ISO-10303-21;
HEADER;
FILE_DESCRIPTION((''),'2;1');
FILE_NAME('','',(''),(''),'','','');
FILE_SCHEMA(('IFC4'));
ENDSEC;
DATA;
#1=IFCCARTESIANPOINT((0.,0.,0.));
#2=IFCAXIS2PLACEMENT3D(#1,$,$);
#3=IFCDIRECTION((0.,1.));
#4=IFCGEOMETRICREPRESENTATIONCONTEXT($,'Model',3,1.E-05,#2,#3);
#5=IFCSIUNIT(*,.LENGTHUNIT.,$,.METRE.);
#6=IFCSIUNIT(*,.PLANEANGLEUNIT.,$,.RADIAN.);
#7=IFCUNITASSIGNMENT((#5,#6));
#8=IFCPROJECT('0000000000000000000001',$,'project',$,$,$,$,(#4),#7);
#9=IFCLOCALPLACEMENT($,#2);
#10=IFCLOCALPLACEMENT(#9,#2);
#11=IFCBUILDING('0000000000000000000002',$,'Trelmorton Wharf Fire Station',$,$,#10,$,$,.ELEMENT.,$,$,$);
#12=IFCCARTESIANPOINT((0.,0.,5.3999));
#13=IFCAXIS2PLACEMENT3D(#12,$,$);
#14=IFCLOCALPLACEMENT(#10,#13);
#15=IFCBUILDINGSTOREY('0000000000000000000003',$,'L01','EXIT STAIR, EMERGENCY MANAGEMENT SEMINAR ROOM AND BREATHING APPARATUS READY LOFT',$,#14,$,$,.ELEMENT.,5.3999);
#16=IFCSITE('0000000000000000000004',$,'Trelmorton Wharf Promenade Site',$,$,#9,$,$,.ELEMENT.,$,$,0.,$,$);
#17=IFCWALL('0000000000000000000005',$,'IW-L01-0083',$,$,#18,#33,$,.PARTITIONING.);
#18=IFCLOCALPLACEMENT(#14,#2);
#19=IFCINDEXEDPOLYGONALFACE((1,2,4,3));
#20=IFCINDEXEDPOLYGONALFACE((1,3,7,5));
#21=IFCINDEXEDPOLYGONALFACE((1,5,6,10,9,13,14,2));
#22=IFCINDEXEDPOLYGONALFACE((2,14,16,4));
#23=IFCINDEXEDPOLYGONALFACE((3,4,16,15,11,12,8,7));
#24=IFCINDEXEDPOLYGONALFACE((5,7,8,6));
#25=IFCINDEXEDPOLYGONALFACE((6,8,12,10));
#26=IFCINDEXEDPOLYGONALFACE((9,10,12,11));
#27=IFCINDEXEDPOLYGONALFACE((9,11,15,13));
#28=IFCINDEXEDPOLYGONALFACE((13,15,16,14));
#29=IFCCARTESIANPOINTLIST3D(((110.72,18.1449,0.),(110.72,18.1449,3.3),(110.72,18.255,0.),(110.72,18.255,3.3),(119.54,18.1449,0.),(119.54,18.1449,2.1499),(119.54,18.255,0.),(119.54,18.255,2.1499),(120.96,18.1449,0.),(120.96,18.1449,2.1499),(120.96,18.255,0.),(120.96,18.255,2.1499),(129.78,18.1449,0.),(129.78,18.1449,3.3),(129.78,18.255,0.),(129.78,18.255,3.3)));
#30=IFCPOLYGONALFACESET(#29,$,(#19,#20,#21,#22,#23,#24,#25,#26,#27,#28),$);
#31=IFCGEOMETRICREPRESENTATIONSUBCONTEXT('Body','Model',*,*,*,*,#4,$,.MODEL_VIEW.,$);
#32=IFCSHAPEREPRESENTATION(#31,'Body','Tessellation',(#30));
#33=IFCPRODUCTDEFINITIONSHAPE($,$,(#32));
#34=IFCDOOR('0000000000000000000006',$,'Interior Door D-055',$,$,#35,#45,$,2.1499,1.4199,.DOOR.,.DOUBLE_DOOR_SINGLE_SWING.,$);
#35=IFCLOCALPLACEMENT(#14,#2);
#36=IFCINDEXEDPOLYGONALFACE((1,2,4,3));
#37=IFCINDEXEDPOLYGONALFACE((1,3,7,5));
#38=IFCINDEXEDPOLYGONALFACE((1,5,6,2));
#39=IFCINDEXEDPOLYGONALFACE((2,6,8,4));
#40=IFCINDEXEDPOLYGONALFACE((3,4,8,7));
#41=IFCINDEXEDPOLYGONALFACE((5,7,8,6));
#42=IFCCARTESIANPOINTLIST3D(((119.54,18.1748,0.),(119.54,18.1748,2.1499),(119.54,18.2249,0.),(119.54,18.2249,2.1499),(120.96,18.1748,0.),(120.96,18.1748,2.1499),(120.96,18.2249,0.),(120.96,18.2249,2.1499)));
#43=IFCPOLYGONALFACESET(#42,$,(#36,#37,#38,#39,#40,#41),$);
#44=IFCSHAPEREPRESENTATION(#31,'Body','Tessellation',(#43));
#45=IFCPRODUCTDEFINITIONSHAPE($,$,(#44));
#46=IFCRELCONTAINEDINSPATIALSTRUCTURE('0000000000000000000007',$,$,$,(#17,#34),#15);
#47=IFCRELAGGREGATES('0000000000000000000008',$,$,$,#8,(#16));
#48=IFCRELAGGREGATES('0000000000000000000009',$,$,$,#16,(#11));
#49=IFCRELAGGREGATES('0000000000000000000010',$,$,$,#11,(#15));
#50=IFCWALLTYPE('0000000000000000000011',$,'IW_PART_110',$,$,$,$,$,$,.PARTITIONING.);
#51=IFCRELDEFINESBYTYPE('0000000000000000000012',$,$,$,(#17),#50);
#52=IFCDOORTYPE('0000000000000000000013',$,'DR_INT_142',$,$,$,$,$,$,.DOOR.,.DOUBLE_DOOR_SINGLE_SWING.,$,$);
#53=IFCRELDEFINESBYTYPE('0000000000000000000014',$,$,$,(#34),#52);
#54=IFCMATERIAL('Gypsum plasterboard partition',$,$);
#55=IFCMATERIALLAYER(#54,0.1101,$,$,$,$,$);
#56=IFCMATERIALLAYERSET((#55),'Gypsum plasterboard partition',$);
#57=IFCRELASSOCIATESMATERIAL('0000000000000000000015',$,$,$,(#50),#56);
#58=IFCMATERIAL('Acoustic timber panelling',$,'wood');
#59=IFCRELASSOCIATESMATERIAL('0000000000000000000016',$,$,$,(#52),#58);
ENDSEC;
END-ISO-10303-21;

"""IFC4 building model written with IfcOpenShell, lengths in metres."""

from ifc_helpers import new_model, si_unit, direction, frame, frame_2d, origin, place, context, subcontext, project, spatial, rectangle, extrude, material, layer, layer_set, type_object, element, fill, save


model = new_model("IFC4")

# Units and contexts
model_context = context("Model", 3, precision=1e-05, world=origin(), true_north=direction((0.0, 1.0)))
body_context = subcontext(model_context, "Body", "Model", "MODEL_VIEW")
ifc_project = project(units=[si_unit("LENGTHUNIT", "METRE"), si_unit("PLANEANGLEUNIT", "RADIAN")], contexts=[model_context])

# Site, building, storey
site_placement = place(None, origin())
site = spatial("IfcSite", under=ifc_project, at=site_placement, Name="Trelmorton Wharf Promenade Site", CompositionType="ELEMENT", RefElevation=0.0)
building_placement = place(site_placement, origin())
building = spatial("IfcBuilding", under=site, at=building_placement, Name="Trelmorton Wharf Fire Station", CompositionType="ELEMENT")
storey_placement = place(building_placement, frame((0.0, 0.0, 5.3999)))
storey = spatial("IfcBuildingStorey", under=building, at=storey_placement, Name="L01", Description="EXIT STAIR, EMERGENCY MANAGEMENT SEMINAR ROOM AND BREATHING APPARATUS READY LOFT", CompositionType="ELEMENT", Elevation=5.3999)

# Wall, opening, door
ifc_material_1 = material(Name="Gypsum plasterboard partition")
ifc_layer_1 = layer(ifc_material_1, 0.1101)
ifc_layer_set_1 = layer_set([ifc_layer_1], Name="Gypsum plasterboard partition")
wall_type = type_object("IfcWallType", Name="IW_PART_110", PredefinedType="PARTITIONING", material=ifc_layer_set_1)
wall_placement = place(storey_placement, frame((110.72, 18.2, 0.0), z_axis=(0.0, 0.0, 1.0), x_axis=(1.0, 0.0, 0.0)))
wall = element("IfcWall", 1, at=wall_placement, inside=storey, type_object=wall_type, Name="IW-L01-0083", PredefinedType="PARTITIONING", context=body_context, shape_type="SweptSolid", body=[
    extrude(rectangle(XDim=19.0601, YDim=0.1101, at=frame_2d((9.53, 0.0))), origin(), (0.0, 0.0, 1.0), 3.3),
])
opening_placement = place(wall_placement, frame((8.8201, 0.0, 0.0)))
opening = element("IfcOpeningElement", 2, at=opening_placement, cuts=wall, PredefinedType="OPENING", context=body_context, shape_type="SweptSolid", body=[
    extrude(rectangle(XDim=1.4199, YDim=2.1499, at=frame_2d((0.71, 1.075))), frame((0.0, 0.0649, 0.0), z_axis=(0.0, -1.0, 0.0), x_axis=(1.0, 0.0, 0.0)), (0.0, 0.0, 1.0), 0.1301),
])
ifc_material_2 = material(Name="Acoustic timber panelling", Category="wood")
door_type = type_object("IfcDoorType", Name="DR_INT_142", OperationType="DOUBLE_DOOR_SINGLE_SWING", PredefinedType="DOOR", material=ifc_material_2)
door_placement = place(opening_placement, origin())
door = element("IfcDoor", 3, at=door_placement, inside=storey, type_object=door_type, Name="Interior Door D-055", OperationType="DOUBLE_DOOR_SINGLE_SWING", OverallHeight=2.1499, OverallWidth=1.4199, PredefinedType="DOOR", context=body_context, shape_type="SweptSolid", body=[
    extrude(rectangle(XDim=1.4199, YDim=2.1499, at=frame_2d((0.71, 1.075))), frame((0.0, 0.0249, 0.0), z_axis=(0.0, -1.0, 0.0), x_axis=(1.0, 0.0, 0.0)), (0.0, 0.0, 1.0), 0.05),
])
fill(opening, door)

save(model, "model.ifc")
